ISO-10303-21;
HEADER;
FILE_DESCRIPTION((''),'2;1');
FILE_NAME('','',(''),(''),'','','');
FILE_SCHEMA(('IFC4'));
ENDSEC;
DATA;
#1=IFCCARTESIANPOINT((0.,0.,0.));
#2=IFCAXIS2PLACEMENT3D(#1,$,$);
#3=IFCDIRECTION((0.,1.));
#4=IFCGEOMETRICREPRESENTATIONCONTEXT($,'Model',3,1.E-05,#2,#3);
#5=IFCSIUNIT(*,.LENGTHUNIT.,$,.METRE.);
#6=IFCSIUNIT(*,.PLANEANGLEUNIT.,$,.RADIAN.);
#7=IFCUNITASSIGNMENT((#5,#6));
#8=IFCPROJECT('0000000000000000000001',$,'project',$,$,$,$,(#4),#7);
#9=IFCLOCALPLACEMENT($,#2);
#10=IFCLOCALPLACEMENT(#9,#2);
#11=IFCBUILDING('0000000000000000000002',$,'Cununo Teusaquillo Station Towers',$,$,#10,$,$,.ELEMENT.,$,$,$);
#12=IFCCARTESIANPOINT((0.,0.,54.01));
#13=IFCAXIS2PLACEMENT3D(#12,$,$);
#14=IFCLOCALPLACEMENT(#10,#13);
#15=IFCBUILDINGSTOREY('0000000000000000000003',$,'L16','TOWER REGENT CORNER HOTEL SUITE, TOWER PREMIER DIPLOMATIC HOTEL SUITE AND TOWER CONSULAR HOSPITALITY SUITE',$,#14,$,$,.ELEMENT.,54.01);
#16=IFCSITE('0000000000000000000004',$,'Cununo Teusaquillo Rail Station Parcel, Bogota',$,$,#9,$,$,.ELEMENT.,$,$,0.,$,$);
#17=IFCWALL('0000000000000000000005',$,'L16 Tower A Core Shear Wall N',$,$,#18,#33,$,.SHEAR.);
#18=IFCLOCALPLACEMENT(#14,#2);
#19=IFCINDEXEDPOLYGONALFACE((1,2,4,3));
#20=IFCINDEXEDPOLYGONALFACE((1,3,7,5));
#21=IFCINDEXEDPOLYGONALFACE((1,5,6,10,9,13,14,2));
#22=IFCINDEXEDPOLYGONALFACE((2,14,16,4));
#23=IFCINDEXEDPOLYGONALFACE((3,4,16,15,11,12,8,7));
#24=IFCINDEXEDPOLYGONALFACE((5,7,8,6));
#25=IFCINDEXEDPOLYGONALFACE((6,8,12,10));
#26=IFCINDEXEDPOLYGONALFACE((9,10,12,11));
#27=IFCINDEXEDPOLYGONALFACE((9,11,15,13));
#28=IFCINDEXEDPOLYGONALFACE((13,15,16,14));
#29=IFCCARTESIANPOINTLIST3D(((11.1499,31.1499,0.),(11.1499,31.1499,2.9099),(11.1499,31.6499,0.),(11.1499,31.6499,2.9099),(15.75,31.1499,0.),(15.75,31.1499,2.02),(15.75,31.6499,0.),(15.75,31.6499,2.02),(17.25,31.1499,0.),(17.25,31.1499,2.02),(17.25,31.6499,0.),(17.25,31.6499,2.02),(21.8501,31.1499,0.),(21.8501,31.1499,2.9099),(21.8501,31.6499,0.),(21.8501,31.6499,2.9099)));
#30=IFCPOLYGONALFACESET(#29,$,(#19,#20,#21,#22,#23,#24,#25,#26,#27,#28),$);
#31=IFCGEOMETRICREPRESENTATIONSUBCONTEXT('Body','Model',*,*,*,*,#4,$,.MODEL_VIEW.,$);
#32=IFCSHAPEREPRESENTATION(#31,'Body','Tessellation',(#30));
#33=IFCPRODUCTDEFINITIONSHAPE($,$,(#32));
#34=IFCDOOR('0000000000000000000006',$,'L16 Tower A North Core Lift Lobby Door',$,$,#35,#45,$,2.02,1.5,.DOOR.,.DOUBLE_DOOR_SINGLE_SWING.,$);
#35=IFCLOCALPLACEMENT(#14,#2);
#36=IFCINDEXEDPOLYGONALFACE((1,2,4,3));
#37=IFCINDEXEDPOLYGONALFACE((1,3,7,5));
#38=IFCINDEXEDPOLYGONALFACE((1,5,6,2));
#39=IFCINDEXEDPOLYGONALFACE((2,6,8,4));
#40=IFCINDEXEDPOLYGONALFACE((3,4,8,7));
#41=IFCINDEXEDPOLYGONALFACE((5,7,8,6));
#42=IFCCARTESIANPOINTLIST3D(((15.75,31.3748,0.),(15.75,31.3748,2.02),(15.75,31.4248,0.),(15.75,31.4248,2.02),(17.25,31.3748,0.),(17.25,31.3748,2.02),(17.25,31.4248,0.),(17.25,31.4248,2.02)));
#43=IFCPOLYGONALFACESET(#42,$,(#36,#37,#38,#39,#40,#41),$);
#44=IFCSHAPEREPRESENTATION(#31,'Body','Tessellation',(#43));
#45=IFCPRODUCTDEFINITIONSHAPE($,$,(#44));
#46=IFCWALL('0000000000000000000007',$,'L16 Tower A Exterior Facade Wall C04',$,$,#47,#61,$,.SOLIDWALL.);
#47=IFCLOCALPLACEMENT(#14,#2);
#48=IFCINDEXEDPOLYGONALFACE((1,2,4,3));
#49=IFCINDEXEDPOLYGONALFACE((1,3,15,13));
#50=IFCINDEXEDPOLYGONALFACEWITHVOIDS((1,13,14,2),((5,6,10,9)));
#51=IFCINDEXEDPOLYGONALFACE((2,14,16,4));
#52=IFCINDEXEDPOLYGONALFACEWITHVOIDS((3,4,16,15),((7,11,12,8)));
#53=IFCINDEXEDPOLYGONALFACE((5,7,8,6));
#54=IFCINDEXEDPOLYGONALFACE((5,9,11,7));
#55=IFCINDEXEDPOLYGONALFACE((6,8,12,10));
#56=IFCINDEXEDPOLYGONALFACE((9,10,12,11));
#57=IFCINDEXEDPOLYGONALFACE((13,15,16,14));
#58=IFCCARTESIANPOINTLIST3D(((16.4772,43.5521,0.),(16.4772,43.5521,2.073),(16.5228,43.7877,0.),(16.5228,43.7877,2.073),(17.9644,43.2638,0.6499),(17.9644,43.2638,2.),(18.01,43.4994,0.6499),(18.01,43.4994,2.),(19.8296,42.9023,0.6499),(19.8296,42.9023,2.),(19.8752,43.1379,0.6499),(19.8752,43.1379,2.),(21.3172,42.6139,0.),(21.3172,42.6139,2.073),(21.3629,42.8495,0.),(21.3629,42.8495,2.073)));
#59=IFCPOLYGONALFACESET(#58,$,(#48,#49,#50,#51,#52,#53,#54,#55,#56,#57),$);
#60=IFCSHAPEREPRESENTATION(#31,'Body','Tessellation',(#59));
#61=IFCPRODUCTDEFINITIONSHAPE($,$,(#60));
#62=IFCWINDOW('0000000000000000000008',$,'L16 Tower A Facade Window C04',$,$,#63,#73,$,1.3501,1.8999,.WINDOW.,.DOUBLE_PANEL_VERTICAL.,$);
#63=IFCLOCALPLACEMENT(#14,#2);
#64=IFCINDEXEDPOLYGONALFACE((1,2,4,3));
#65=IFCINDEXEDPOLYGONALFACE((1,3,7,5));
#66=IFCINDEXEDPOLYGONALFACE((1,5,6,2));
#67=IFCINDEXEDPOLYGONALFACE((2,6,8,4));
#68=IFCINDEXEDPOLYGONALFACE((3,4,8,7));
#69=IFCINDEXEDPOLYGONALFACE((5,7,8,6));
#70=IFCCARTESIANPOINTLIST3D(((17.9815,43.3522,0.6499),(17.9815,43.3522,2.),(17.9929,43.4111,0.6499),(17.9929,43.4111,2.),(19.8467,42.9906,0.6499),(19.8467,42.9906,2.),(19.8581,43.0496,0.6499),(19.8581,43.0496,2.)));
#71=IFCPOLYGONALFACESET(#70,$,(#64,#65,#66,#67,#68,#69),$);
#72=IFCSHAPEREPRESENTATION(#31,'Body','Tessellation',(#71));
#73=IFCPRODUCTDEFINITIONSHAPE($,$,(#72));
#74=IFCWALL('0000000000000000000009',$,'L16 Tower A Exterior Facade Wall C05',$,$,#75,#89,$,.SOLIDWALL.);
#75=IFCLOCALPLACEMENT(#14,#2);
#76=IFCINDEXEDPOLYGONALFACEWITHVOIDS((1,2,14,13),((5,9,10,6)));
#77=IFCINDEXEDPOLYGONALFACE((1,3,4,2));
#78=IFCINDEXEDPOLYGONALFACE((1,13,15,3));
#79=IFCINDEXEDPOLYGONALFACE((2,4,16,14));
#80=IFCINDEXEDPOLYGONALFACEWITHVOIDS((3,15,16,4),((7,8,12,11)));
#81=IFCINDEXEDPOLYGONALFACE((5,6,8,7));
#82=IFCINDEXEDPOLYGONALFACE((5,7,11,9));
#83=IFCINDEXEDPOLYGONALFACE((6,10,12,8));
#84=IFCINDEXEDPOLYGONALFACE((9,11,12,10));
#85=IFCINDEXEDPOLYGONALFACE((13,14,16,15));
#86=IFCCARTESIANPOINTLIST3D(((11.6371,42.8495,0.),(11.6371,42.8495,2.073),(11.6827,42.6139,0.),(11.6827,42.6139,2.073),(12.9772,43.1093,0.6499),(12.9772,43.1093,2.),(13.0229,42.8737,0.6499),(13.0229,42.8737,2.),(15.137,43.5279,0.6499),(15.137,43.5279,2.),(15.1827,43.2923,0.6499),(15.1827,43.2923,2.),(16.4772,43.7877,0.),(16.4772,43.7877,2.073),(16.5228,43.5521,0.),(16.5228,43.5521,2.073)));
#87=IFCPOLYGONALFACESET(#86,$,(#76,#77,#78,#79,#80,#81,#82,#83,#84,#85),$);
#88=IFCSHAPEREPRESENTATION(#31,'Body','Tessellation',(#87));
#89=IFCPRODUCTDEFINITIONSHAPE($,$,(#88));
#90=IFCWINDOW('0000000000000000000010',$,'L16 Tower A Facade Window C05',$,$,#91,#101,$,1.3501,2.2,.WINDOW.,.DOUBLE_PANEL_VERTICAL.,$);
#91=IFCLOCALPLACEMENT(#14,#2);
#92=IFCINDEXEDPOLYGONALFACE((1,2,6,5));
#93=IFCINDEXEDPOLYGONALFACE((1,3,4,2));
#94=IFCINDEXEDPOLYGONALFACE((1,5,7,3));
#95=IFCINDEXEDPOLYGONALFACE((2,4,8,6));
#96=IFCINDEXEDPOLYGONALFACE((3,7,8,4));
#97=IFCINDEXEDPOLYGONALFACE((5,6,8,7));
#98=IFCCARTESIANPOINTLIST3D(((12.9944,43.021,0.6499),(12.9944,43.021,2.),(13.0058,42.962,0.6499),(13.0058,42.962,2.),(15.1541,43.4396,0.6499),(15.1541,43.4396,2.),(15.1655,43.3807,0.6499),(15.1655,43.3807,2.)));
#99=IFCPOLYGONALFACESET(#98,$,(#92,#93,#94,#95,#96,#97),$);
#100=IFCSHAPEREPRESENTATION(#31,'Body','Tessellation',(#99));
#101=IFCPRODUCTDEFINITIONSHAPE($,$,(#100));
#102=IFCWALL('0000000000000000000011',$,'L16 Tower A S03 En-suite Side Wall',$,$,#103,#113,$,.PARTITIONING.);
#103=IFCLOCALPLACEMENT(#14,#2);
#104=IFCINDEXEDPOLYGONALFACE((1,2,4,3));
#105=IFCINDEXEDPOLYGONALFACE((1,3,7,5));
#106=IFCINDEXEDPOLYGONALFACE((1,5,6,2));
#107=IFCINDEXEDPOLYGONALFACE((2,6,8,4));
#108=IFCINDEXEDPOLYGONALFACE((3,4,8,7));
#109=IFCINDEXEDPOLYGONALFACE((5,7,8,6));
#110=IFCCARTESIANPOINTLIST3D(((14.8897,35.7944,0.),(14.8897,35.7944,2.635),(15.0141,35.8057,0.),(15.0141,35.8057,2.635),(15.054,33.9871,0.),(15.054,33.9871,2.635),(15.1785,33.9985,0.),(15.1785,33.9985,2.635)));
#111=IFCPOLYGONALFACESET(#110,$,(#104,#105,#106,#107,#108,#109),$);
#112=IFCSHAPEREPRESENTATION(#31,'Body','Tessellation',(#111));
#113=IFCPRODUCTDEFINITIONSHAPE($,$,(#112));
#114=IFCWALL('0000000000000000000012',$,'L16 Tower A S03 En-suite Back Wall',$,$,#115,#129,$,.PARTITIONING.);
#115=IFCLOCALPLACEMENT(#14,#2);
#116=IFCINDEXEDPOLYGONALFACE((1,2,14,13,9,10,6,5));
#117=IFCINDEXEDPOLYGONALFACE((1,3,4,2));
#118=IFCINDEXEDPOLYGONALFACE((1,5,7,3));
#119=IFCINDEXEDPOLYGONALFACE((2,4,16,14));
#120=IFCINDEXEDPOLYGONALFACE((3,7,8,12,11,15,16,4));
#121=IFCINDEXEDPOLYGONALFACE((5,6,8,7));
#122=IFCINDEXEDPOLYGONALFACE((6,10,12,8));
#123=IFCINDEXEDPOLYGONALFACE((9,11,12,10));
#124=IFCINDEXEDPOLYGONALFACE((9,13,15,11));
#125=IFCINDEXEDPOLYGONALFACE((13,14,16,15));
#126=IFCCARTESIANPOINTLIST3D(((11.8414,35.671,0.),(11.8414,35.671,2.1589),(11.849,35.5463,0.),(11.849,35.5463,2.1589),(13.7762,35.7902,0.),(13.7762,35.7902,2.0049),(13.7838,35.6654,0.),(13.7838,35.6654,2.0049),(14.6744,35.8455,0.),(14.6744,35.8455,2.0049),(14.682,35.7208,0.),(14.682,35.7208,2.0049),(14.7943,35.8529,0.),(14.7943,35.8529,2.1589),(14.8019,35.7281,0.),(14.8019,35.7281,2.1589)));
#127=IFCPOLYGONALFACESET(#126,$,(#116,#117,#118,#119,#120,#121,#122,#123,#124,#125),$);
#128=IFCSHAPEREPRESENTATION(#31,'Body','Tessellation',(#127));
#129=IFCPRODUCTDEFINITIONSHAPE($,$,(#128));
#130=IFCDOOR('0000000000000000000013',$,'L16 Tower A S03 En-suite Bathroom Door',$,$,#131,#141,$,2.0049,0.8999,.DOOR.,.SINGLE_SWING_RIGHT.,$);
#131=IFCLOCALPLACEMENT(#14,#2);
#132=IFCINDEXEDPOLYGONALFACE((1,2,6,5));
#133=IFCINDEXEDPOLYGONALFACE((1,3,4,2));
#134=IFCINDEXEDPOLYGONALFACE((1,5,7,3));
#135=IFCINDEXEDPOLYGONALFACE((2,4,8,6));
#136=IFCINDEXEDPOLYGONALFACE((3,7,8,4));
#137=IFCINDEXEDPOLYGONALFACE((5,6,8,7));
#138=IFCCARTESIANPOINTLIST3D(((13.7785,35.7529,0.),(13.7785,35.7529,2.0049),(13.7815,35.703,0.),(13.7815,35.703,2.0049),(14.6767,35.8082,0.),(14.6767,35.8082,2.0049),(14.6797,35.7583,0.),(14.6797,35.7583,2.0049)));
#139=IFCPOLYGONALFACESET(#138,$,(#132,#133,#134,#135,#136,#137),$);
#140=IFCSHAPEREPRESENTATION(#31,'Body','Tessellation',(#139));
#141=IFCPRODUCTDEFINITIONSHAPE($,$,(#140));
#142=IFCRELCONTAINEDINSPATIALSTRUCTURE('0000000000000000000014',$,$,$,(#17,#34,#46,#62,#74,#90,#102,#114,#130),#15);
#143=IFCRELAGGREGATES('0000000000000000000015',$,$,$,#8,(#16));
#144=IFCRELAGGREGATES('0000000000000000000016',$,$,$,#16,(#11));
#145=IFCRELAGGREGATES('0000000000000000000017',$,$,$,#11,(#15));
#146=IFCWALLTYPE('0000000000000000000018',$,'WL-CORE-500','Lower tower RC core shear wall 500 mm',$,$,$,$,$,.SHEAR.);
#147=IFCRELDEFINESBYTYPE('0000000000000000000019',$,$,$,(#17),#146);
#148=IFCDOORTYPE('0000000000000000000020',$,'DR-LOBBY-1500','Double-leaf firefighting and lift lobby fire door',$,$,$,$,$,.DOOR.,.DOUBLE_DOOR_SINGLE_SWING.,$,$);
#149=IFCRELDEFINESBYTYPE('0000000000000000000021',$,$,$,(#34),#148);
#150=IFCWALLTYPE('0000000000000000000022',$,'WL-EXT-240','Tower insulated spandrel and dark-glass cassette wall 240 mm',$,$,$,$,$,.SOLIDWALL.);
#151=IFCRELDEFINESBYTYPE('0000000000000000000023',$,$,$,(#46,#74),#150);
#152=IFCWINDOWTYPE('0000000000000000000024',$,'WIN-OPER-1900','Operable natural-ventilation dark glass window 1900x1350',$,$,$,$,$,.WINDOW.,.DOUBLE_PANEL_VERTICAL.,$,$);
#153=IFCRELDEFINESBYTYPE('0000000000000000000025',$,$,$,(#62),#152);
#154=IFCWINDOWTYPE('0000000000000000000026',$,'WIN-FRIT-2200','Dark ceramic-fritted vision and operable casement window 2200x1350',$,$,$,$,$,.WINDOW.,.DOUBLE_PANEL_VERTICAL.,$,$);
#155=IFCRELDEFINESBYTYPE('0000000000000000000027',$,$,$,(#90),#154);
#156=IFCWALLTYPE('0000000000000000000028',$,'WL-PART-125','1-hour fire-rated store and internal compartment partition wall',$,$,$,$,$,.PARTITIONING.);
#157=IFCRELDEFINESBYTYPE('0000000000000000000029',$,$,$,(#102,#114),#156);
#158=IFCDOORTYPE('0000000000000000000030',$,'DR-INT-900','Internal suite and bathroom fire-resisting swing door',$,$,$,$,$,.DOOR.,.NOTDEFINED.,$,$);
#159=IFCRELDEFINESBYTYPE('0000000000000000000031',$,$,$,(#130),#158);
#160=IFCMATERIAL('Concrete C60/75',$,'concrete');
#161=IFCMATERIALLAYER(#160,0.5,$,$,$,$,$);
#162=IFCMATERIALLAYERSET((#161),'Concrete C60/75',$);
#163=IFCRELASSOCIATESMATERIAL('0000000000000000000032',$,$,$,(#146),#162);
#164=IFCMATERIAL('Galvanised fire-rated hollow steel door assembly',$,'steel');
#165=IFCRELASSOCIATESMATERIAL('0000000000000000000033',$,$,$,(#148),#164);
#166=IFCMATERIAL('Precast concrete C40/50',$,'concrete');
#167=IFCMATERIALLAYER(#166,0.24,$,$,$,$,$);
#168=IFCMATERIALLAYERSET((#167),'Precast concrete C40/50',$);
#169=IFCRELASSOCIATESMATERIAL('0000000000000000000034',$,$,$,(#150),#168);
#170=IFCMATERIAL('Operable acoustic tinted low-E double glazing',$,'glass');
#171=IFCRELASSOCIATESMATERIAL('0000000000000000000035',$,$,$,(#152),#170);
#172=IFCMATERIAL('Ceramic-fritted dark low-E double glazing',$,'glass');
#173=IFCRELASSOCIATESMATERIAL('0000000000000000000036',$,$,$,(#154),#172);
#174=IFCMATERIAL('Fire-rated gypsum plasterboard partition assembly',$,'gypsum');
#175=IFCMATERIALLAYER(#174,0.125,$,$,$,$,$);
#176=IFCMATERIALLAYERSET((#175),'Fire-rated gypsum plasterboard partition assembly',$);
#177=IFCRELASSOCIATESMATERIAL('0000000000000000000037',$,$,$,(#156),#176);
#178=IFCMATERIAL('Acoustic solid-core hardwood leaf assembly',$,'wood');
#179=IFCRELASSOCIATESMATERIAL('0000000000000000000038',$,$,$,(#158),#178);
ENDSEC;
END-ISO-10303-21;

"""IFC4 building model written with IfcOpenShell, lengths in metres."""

from ifc_helpers import new_model, si_unit, direction, frame, frame_2d, origin, place, context, subcontext, project, spatial, rectangle, extrude, source, transform, mapped, material, layer, layer_set, type_object, element, fill, save


model = new_model("IFC4")

# Units and contexts
model_context = context("Model", 3, precision=1e-05, world=origin(), true_north=direction((0.0, 1.0)))
body_context = subcontext(model_context, "Body", "Model", "MODEL_VIEW")
ifc_project = project(units=[si_unit("LENGTHUNIT", "METRE"), si_unit("PLANEANGLEUNIT", "RADIAN")], contexts=[model_context])

# Site, building, storey
site_placement = place(None, origin())
site = spatial("IfcSite", under=ifc_project, at=site_placement, Name="Cununo Teusaquillo Rail Station Parcel, Bogota", CompositionType="ELEMENT", RefElevation=0.0)
building_placement = place(site_placement, origin())
building = spatial("IfcBuilding", under=site, at=building_placement, Name="Cununo Teusaquillo Station Towers", CompositionType="ELEMENT")
storey_placement = place(building_placement, frame((0.0, 0.0, 54.01)))
storey = spatial("IfcBuildingStorey", under=building, at=storey_placement, Name="L16", Description="TOWER REGENT CORNER HOTEL SUITE, TOWER PREMIER DIPLOMATIC HOTEL SUITE AND TOWER CONSULAR HOSPITALITY SUITE", CompositionType="ELEMENT", Elevation=54.01)

# Wall, opening, door
ifc_material_1 = material(Name="Concrete C60/75", Category="concrete")
ifc_layer_1 = layer(ifc_material_1, 0.5)
ifc_layer_set_1 = layer_set([ifc_layer_1], Name="Concrete C60/75")
wall_type_1 = type_object("IfcWallType", Name="WL-CORE-500", Description="Lower tower RC core shear wall 500 mm", PredefinedType="SHEAR", material=ifc_layer_set_1)
wall_1_placement = place(storey_placement, frame((11.1499, 31.3999, 0.0), z_axis=(0.0, 0.0, 1.0), x_axis=(1.0, 0.0, 0.0)))
wall_1 = element("IfcWall", 1, at=wall_1_placement, inside=storey, type_object=wall_type_1, Name="L16 Tower A Core Shear Wall N", PredefinedType="SHEAR", context=body_context, shape_type="SweptSolid", body=[
    extrude(rectangle(XDim=10.7002, YDim=0.5, at=frame_2d((5.3501, 0.0))), origin(), (0.0, 0.0, 1.0), 2.9099),
])
shared_shape_1 = source(origin(), body_context, "Body", "SweptSolid", [
    extrude(rectangle(XDim=1.5, YDim=2.02, at=frame_2d((0.75, 1.01))), frame((0.0, 0.26, 0.0), z_axis=(0.0, -1.0, 0.0), x_axis=(1.0, 0.0, 0.0)), (0.0, 0.0, 1.0), 0.52),
])
opening_1_placement = place(wall_1_placement, frame((4.6001, 0.0, 0.0)))
opening_1 = element("IfcOpeningElement", 2, at=opening_1_placement, cuts=wall_1, PredefinedType="OPENING", context=body_context, shape_type="MappedRepresentation", body=[
    mapped(shared_shape_1, transform((0.0, 0.0, 0.0), x_axis=(1.0, 0.0, 0.0), y_axis=(0.0, 1.0, 0.0), z_axis=(0.0, 0.0, 1.0), scale=1.0)),
])
ifc_material_2 = material(Name="Galvanised fire-rated hollow steel door assembly", Category="steel")
door_type_1 = type_object("IfcDoorType", Name="DR-LOBBY-1500", Description="Double-leaf firefighting and lift lobby fire door", OperationType="DOUBLE_DOOR_SINGLE_SWING", PredefinedType="DOOR", material=ifc_material_2)
shared_shape_2 = source(origin(), body_context, "Body", "SweptSolid", [
    extrude(rectangle(XDim=1.5, YDim=2.02, at=frame_2d((0.75, 1.01))), frame((0.0, 0.0249, 0.0), z_axis=(0.0, -1.0, 0.0), x_axis=(1.0, 0.0, 0.0)), (0.0, 0.0, 1.0), 0.05),
])
door_1_placement = place(opening_1_placement, origin())
door_1 = element("IfcDoor", 3, at=door_1_placement, inside=storey, type_object=door_type_1, Name="L16 Tower A North Core Lift Lobby Door", OperationType="DOUBLE_DOOR_SINGLE_SWING", OverallHeight=2.02, OverallWidth=1.5, PredefinedType="DOOR", context=body_context, shape_type="MappedRepresentation", body=[
    mapped(shared_shape_2, transform((0.0, 0.0, 0.0), x_axis=(1.0, 0.0, 0.0), y_axis=(0.0, 1.0, 0.0), z_axis=(0.0, 0.0, 1.0), scale=1.0)),
])
fill(opening_1, door_1)

# Walls, openings, windows
ifc_material_3 = material(Name="Precast concrete C40/50", Category="concrete")
ifc_layer_2 = layer(ifc_material_3, 0.24)
ifc_layer_set_2 = layer_set([ifc_layer_2], Name="Precast concrete C40/50")
wall_type_2 = type_object("IfcWallType", Name="WL-EXT-240", Description="Tower insulated spandrel and dark-glass cassette wall 240 mm", PredefinedType="SOLIDWALL", material=ifc_layer_set_2)
wall_2_placement = place(storey_placement, frame((16.5, 43.6699, 0.0), z_axis=(0.0, 0.0, 1.0), x_axis=(0.981725, -0.190304, 0.0)))
wall_2 = element("IfcWall", 4, at=wall_2_placement, inside=storey, type_object=wall_type_2, Name="L16 Tower A Exterior Facade Wall C04", PredefinedType="SOLIDWALL", context=body_context, shape_type="SweptSolid", body=[
    extrude(rectangle(XDim=4.9302, YDim=0.24, at=frame_2d((2.4651, 0.0))), origin(), (0.0, 0.0, 1.0), 2.073),
])
shared_shape_3 = source(origin(), body_context, "Body", "SweptSolid", [
    extrude(rectangle(XDim=1.8999, YDim=1.3501, at=frame_2d((0.95, 0.675))), frame((0.0, 0.1299, 0.0), z_axis=(0.0, -1.0, 0.0), x_axis=(1.0, 0.0, 0.0)), (0.0, 0.0, 1.0), 0.26),
])
opening_2_placement = place(wall_2_placement, frame((1.5149, 0.0, 0.6499)))
opening_2 = element("IfcOpeningElement", 5, at=opening_2_placement, cuts=wall_2, PredefinedType="OPENING", context=body_context, shape_type="MappedRepresentation", body=[
    mapped(shared_shape_3, transform((0.0, 0.0, 0.0), x_axis=(1.0, 0.0, 0.0), y_axis=(0.0, 1.0, 0.0), z_axis=(0.0, 0.0, 1.0), scale=1.0)),
])
ifc_material_4 = material(Name="Operable acoustic tinted low-E double glazing", Category="glass")
window_type_1 = type_object("IfcWindowType", Name="WIN-OPER-1900", Description="Operable natural-ventilation dark glass window 1900x1350", PartitioningType="DOUBLE_PANEL_VERTICAL", PredefinedType="WINDOW", material=ifc_material_4)
shared_shape_4 = source(origin(), body_context, "Body", "SweptSolid", [
    extrude(rectangle(XDim=1.8999, YDim=1.3501, at=frame_2d((0.95, 0.675))), frame((0.0, 0.03, 0.0), z_axis=(0.0, -1.0, 0.0), x_axis=(1.0, 0.0, 0.0)), (0.0, 0.0, 1.0), 0.0601),
])
window_1_placement = place(opening_2_placement, origin())
window_1 = element("IfcWindow", 6, at=window_1_placement, inside=storey, type_object=window_type_1, Name="L16 Tower A Facade Window C04", OverallHeight=1.3501, OverallWidth=1.8999, PartitioningType="DOUBLE_PANEL_VERTICAL", PredefinedType="WINDOW", context=body_context, shape_type="MappedRepresentation", body=[
    mapped(shared_shape_4, transform((0.0, 0.0, 0.0), x_axis=(1.0, 0.0, 0.0), y_axis=(0.0, 1.0, 0.0), z_axis=(0.0, 0.0, 1.0), scale=1.0)),
])
fill(opening_2, window_1)
wall_3_placement = place(storey_placement, frame((11.6599, 42.7317, 0.0), z_axis=(0.0, 0.0, 1.0), x_axis=(0.981725, 0.190304, 0.0)))
wall_3 = element("IfcWall", 7, at=wall_3_placement, inside=storey, type_object=wall_type_2, Name="L16 Tower A Exterior Facade Wall C05", PredefinedType="SOLIDWALL", context=body_context, shape_type="SweptSolid", body=[
    extrude(rectangle(XDim=4.9302, YDim=0.24, at=frame_2d((2.4651, 0.0))), origin(), (0.0, 0.0, 1.0), 2.073),
])
shared_shape_5 = source(origin(), body_context, "Body", "SweptSolid", [
    extrude(rectangle(XDim=2.2, YDim=1.3501, at=frame_2d((1.1001, 0.675))), frame((0.0, 0.1299, 0.0), z_axis=(0.0, -1.0, 0.0), x_axis=(1.0, 0.0, 0.0)), (0.0, 0.0, 1.0), 0.26),
])
opening_3_placement = place(wall_3_placement, frame((1.365, 0.0, 0.6499)))
opening_3 = element("IfcOpeningElement", 8, at=opening_3_placement, cuts=wall_3, PredefinedType="OPENING", context=body_context, shape_type="MappedRepresentation", body=[
    mapped(shared_shape_5, transform((0.0, 0.0, 0.0), x_axis=(1.0, 0.0, 0.0), y_axis=(0.0, 1.0, 0.0), z_axis=(0.0, 0.0, 1.0), scale=1.0)),
])
ifc_material_5 = material(Name="Ceramic-fritted dark low-E double glazing", Category="glass")
window_type_2 = type_object("IfcWindowType", Name="WIN-FRIT-2200", Description="Dark ceramic-fritted vision and operable casement window 2200x1350", PartitioningType="DOUBLE_PANEL_VERTICAL", PredefinedType="WINDOW", material=ifc_material_5)
shared_shape_6 = source(origin(), body_context, "Body", "SweptSolid", [
    extrude(rectangle(XDim=2.2, YDim=1.3501, at=frame_2d((1.1001, 0.675))), frame((0.0, 0.03, 0.0), z_axis=(0.0, -1.0, 0.0), x_axis=(1.0, 0.0, 0.0)), (0.0, 0.0, 1.0), 0.0601),
])
window_2_placement = place(opening_3_placement, origin())
window_2 = element("IfcWindow", 9, at=window_2_placement, inside=storey, type_object=window_type_2, Name="L16 Tower A Facade Window C05", OverallHeight=1.3501, OverallWidth=2.2, PartitioningType="DOUBLE_PANEL_VERTICAL", PredefinedType="WINDOW", context=body_context, shape_type="MappedRepresentation", body=[
    mapped(shared_shape_6, transform((0.0, 0.0, 0.0), x_axis=(1.0, 0.0, 0.0), y_axis=(0.0, 1.0, 0.0), z_axis=(0.0, 0.0, 1.0), scale=1.0)),
])
fill(opening_3, window_2)

# Wall
ifc_material_6 = material(Name="Fire-rated gypsum plasterboard partition assembly", Category="gypsum")
ifc_layer_3 = layer(ifc_material_6, 0.125)
ifc_layer_set_3 = layer_set([ifc_layer_3], Name="Fire-rated gypsum plasterboard partition assembly")
wall_type_3 = type_object("IfcWallType", Name="WL-PART-125", Description="1-hour fire-rated store and internal compartment partition wall", PredefinedType="PARTITIONING", material=ifc_layer_set_3)
wall_4_placement = place(storey_placement, frame((15.1162, 33.9929, 0.0), z_axis=(0.0, 0.0, 1.0), x_axis=(-0.090548, 0.995892, 0.0)))
element("IfcWall", 10, at=wall_4_placement, inside=storey, type_object=wall_type_3, Name="L16 Tower A S03 En-suite Side Wall", PredefinedType="PARTITIONING", context=body_context, shape_type="SweptSolid", body=[
    extrude(rectangle(XDim=1.8147, YDim=0.125, at=frame_2d((0.9072, 0.0))), origin(), (0.0, 0.0, 1.0), 2.635),
])

# Wall, opening, door
wall_5_placement = place(storey_placement, frame((14.7981, 35.7905, 0.0), z_axis=(0.0, 0.0, 1.0), x_axis=(-0.998108, -0.061479, 0.0)))
wall_5 = element("IfcWall", 11, at=wall_5_placement, inside=storey, type_object=wall_type_3, Name="L16 Tower A S03 En-suite Back Wall", PredefinedType="PARTITIONING", context=body_context, shape_type="SweptSolid", body=[
    extrude(rectangle(XDim=2.9585, YDim=0.125, at=frame_2d((1.4792, 0.0))), origin(), (0.0, 0.0, 1.0), 2.1589),
])
shared_shape_7 = source(origin(), body_context, "Body", "SweptSolid", [
    extrude(rectangle(XDim=0.8999, YDim=2.0049, at=frame_2d((0.45, 1.0024))), frame((0.0, 0.0725, 0.0), z_axis=(0.0, -1.0, 0.0), x_axis=(1.0, 0.0, 0.0)), (0.0, 0.0, 1.0), 0.145),
])
opening_4_placement = place(wall_5_placement, frame((0.1201, 0.0, 0.0)))
opening_4 = element("IfcOpeningElement", 12, at=opening_4_placement, cuts=wall_5, PredefinedType="OPENING", context=body_context, shape_type="MappedRepresentation", body=[
    mapped(shared_shape_7, transform((0.0, 0.0, 0.0), x_axis=(1.0, 0.0, 0.0), y_axis=(0.0, 1.0, 0.0), z_axis=(0.0, 0.0, 1.0), scale=1.0)),
])
ifc_material_7 = material(Name="Acoustic solid-core hardwood leaf assembly", Category="wood")
door_type_2 = type_object("IfcDoorType", Name="DR-INT-900", Description="Internal suite and bathroom fire-resisting swing door", OperationType="NOTDEFINED", PredefinedType="DOOR", material=ifc_material_7)
shared_shape_8 = source(origin(), body_context, "Body", "SweptSolid", [
    extrude(rectangle(XDim=0.8999, YDim=2.0049, at=frame_2d((0.45, 1.0024))), frame((0.0, 0.0249, 0.0), z_axis=(0.0, -1.0, 0.0), x_axis=(1.0, 0.0, 0.0)), (0.0, 0.0, 1.0), 0.05),
])
door_2_placement = place(opening_4_placement, origin())
door_2 = element("IfcDoor", 13, at=door_2_placement, inside=storey, type_object=door_type_2, Name="L16 Tower A S03 En-suite Bathroom Door", OperationType="SINGLE_SWING_RIGHT", OverallHeight=2.0049, OverallWidth=0.8999, PredefinedType="DOOR", context=body_context, shape_type="MappedRepresentation", body=[
    mapped(shared_shape_8, transform((0.0, 0.0, 0.0), x_axis=(1.0, 0.0, 0.0), y_axis=(0.0, 1.0, 0.0), z_axis=(0.0, 0.0, 1.0), scale=1.0)),
])
fill(opening_4, door_2)

save(model, "model.ifc")
